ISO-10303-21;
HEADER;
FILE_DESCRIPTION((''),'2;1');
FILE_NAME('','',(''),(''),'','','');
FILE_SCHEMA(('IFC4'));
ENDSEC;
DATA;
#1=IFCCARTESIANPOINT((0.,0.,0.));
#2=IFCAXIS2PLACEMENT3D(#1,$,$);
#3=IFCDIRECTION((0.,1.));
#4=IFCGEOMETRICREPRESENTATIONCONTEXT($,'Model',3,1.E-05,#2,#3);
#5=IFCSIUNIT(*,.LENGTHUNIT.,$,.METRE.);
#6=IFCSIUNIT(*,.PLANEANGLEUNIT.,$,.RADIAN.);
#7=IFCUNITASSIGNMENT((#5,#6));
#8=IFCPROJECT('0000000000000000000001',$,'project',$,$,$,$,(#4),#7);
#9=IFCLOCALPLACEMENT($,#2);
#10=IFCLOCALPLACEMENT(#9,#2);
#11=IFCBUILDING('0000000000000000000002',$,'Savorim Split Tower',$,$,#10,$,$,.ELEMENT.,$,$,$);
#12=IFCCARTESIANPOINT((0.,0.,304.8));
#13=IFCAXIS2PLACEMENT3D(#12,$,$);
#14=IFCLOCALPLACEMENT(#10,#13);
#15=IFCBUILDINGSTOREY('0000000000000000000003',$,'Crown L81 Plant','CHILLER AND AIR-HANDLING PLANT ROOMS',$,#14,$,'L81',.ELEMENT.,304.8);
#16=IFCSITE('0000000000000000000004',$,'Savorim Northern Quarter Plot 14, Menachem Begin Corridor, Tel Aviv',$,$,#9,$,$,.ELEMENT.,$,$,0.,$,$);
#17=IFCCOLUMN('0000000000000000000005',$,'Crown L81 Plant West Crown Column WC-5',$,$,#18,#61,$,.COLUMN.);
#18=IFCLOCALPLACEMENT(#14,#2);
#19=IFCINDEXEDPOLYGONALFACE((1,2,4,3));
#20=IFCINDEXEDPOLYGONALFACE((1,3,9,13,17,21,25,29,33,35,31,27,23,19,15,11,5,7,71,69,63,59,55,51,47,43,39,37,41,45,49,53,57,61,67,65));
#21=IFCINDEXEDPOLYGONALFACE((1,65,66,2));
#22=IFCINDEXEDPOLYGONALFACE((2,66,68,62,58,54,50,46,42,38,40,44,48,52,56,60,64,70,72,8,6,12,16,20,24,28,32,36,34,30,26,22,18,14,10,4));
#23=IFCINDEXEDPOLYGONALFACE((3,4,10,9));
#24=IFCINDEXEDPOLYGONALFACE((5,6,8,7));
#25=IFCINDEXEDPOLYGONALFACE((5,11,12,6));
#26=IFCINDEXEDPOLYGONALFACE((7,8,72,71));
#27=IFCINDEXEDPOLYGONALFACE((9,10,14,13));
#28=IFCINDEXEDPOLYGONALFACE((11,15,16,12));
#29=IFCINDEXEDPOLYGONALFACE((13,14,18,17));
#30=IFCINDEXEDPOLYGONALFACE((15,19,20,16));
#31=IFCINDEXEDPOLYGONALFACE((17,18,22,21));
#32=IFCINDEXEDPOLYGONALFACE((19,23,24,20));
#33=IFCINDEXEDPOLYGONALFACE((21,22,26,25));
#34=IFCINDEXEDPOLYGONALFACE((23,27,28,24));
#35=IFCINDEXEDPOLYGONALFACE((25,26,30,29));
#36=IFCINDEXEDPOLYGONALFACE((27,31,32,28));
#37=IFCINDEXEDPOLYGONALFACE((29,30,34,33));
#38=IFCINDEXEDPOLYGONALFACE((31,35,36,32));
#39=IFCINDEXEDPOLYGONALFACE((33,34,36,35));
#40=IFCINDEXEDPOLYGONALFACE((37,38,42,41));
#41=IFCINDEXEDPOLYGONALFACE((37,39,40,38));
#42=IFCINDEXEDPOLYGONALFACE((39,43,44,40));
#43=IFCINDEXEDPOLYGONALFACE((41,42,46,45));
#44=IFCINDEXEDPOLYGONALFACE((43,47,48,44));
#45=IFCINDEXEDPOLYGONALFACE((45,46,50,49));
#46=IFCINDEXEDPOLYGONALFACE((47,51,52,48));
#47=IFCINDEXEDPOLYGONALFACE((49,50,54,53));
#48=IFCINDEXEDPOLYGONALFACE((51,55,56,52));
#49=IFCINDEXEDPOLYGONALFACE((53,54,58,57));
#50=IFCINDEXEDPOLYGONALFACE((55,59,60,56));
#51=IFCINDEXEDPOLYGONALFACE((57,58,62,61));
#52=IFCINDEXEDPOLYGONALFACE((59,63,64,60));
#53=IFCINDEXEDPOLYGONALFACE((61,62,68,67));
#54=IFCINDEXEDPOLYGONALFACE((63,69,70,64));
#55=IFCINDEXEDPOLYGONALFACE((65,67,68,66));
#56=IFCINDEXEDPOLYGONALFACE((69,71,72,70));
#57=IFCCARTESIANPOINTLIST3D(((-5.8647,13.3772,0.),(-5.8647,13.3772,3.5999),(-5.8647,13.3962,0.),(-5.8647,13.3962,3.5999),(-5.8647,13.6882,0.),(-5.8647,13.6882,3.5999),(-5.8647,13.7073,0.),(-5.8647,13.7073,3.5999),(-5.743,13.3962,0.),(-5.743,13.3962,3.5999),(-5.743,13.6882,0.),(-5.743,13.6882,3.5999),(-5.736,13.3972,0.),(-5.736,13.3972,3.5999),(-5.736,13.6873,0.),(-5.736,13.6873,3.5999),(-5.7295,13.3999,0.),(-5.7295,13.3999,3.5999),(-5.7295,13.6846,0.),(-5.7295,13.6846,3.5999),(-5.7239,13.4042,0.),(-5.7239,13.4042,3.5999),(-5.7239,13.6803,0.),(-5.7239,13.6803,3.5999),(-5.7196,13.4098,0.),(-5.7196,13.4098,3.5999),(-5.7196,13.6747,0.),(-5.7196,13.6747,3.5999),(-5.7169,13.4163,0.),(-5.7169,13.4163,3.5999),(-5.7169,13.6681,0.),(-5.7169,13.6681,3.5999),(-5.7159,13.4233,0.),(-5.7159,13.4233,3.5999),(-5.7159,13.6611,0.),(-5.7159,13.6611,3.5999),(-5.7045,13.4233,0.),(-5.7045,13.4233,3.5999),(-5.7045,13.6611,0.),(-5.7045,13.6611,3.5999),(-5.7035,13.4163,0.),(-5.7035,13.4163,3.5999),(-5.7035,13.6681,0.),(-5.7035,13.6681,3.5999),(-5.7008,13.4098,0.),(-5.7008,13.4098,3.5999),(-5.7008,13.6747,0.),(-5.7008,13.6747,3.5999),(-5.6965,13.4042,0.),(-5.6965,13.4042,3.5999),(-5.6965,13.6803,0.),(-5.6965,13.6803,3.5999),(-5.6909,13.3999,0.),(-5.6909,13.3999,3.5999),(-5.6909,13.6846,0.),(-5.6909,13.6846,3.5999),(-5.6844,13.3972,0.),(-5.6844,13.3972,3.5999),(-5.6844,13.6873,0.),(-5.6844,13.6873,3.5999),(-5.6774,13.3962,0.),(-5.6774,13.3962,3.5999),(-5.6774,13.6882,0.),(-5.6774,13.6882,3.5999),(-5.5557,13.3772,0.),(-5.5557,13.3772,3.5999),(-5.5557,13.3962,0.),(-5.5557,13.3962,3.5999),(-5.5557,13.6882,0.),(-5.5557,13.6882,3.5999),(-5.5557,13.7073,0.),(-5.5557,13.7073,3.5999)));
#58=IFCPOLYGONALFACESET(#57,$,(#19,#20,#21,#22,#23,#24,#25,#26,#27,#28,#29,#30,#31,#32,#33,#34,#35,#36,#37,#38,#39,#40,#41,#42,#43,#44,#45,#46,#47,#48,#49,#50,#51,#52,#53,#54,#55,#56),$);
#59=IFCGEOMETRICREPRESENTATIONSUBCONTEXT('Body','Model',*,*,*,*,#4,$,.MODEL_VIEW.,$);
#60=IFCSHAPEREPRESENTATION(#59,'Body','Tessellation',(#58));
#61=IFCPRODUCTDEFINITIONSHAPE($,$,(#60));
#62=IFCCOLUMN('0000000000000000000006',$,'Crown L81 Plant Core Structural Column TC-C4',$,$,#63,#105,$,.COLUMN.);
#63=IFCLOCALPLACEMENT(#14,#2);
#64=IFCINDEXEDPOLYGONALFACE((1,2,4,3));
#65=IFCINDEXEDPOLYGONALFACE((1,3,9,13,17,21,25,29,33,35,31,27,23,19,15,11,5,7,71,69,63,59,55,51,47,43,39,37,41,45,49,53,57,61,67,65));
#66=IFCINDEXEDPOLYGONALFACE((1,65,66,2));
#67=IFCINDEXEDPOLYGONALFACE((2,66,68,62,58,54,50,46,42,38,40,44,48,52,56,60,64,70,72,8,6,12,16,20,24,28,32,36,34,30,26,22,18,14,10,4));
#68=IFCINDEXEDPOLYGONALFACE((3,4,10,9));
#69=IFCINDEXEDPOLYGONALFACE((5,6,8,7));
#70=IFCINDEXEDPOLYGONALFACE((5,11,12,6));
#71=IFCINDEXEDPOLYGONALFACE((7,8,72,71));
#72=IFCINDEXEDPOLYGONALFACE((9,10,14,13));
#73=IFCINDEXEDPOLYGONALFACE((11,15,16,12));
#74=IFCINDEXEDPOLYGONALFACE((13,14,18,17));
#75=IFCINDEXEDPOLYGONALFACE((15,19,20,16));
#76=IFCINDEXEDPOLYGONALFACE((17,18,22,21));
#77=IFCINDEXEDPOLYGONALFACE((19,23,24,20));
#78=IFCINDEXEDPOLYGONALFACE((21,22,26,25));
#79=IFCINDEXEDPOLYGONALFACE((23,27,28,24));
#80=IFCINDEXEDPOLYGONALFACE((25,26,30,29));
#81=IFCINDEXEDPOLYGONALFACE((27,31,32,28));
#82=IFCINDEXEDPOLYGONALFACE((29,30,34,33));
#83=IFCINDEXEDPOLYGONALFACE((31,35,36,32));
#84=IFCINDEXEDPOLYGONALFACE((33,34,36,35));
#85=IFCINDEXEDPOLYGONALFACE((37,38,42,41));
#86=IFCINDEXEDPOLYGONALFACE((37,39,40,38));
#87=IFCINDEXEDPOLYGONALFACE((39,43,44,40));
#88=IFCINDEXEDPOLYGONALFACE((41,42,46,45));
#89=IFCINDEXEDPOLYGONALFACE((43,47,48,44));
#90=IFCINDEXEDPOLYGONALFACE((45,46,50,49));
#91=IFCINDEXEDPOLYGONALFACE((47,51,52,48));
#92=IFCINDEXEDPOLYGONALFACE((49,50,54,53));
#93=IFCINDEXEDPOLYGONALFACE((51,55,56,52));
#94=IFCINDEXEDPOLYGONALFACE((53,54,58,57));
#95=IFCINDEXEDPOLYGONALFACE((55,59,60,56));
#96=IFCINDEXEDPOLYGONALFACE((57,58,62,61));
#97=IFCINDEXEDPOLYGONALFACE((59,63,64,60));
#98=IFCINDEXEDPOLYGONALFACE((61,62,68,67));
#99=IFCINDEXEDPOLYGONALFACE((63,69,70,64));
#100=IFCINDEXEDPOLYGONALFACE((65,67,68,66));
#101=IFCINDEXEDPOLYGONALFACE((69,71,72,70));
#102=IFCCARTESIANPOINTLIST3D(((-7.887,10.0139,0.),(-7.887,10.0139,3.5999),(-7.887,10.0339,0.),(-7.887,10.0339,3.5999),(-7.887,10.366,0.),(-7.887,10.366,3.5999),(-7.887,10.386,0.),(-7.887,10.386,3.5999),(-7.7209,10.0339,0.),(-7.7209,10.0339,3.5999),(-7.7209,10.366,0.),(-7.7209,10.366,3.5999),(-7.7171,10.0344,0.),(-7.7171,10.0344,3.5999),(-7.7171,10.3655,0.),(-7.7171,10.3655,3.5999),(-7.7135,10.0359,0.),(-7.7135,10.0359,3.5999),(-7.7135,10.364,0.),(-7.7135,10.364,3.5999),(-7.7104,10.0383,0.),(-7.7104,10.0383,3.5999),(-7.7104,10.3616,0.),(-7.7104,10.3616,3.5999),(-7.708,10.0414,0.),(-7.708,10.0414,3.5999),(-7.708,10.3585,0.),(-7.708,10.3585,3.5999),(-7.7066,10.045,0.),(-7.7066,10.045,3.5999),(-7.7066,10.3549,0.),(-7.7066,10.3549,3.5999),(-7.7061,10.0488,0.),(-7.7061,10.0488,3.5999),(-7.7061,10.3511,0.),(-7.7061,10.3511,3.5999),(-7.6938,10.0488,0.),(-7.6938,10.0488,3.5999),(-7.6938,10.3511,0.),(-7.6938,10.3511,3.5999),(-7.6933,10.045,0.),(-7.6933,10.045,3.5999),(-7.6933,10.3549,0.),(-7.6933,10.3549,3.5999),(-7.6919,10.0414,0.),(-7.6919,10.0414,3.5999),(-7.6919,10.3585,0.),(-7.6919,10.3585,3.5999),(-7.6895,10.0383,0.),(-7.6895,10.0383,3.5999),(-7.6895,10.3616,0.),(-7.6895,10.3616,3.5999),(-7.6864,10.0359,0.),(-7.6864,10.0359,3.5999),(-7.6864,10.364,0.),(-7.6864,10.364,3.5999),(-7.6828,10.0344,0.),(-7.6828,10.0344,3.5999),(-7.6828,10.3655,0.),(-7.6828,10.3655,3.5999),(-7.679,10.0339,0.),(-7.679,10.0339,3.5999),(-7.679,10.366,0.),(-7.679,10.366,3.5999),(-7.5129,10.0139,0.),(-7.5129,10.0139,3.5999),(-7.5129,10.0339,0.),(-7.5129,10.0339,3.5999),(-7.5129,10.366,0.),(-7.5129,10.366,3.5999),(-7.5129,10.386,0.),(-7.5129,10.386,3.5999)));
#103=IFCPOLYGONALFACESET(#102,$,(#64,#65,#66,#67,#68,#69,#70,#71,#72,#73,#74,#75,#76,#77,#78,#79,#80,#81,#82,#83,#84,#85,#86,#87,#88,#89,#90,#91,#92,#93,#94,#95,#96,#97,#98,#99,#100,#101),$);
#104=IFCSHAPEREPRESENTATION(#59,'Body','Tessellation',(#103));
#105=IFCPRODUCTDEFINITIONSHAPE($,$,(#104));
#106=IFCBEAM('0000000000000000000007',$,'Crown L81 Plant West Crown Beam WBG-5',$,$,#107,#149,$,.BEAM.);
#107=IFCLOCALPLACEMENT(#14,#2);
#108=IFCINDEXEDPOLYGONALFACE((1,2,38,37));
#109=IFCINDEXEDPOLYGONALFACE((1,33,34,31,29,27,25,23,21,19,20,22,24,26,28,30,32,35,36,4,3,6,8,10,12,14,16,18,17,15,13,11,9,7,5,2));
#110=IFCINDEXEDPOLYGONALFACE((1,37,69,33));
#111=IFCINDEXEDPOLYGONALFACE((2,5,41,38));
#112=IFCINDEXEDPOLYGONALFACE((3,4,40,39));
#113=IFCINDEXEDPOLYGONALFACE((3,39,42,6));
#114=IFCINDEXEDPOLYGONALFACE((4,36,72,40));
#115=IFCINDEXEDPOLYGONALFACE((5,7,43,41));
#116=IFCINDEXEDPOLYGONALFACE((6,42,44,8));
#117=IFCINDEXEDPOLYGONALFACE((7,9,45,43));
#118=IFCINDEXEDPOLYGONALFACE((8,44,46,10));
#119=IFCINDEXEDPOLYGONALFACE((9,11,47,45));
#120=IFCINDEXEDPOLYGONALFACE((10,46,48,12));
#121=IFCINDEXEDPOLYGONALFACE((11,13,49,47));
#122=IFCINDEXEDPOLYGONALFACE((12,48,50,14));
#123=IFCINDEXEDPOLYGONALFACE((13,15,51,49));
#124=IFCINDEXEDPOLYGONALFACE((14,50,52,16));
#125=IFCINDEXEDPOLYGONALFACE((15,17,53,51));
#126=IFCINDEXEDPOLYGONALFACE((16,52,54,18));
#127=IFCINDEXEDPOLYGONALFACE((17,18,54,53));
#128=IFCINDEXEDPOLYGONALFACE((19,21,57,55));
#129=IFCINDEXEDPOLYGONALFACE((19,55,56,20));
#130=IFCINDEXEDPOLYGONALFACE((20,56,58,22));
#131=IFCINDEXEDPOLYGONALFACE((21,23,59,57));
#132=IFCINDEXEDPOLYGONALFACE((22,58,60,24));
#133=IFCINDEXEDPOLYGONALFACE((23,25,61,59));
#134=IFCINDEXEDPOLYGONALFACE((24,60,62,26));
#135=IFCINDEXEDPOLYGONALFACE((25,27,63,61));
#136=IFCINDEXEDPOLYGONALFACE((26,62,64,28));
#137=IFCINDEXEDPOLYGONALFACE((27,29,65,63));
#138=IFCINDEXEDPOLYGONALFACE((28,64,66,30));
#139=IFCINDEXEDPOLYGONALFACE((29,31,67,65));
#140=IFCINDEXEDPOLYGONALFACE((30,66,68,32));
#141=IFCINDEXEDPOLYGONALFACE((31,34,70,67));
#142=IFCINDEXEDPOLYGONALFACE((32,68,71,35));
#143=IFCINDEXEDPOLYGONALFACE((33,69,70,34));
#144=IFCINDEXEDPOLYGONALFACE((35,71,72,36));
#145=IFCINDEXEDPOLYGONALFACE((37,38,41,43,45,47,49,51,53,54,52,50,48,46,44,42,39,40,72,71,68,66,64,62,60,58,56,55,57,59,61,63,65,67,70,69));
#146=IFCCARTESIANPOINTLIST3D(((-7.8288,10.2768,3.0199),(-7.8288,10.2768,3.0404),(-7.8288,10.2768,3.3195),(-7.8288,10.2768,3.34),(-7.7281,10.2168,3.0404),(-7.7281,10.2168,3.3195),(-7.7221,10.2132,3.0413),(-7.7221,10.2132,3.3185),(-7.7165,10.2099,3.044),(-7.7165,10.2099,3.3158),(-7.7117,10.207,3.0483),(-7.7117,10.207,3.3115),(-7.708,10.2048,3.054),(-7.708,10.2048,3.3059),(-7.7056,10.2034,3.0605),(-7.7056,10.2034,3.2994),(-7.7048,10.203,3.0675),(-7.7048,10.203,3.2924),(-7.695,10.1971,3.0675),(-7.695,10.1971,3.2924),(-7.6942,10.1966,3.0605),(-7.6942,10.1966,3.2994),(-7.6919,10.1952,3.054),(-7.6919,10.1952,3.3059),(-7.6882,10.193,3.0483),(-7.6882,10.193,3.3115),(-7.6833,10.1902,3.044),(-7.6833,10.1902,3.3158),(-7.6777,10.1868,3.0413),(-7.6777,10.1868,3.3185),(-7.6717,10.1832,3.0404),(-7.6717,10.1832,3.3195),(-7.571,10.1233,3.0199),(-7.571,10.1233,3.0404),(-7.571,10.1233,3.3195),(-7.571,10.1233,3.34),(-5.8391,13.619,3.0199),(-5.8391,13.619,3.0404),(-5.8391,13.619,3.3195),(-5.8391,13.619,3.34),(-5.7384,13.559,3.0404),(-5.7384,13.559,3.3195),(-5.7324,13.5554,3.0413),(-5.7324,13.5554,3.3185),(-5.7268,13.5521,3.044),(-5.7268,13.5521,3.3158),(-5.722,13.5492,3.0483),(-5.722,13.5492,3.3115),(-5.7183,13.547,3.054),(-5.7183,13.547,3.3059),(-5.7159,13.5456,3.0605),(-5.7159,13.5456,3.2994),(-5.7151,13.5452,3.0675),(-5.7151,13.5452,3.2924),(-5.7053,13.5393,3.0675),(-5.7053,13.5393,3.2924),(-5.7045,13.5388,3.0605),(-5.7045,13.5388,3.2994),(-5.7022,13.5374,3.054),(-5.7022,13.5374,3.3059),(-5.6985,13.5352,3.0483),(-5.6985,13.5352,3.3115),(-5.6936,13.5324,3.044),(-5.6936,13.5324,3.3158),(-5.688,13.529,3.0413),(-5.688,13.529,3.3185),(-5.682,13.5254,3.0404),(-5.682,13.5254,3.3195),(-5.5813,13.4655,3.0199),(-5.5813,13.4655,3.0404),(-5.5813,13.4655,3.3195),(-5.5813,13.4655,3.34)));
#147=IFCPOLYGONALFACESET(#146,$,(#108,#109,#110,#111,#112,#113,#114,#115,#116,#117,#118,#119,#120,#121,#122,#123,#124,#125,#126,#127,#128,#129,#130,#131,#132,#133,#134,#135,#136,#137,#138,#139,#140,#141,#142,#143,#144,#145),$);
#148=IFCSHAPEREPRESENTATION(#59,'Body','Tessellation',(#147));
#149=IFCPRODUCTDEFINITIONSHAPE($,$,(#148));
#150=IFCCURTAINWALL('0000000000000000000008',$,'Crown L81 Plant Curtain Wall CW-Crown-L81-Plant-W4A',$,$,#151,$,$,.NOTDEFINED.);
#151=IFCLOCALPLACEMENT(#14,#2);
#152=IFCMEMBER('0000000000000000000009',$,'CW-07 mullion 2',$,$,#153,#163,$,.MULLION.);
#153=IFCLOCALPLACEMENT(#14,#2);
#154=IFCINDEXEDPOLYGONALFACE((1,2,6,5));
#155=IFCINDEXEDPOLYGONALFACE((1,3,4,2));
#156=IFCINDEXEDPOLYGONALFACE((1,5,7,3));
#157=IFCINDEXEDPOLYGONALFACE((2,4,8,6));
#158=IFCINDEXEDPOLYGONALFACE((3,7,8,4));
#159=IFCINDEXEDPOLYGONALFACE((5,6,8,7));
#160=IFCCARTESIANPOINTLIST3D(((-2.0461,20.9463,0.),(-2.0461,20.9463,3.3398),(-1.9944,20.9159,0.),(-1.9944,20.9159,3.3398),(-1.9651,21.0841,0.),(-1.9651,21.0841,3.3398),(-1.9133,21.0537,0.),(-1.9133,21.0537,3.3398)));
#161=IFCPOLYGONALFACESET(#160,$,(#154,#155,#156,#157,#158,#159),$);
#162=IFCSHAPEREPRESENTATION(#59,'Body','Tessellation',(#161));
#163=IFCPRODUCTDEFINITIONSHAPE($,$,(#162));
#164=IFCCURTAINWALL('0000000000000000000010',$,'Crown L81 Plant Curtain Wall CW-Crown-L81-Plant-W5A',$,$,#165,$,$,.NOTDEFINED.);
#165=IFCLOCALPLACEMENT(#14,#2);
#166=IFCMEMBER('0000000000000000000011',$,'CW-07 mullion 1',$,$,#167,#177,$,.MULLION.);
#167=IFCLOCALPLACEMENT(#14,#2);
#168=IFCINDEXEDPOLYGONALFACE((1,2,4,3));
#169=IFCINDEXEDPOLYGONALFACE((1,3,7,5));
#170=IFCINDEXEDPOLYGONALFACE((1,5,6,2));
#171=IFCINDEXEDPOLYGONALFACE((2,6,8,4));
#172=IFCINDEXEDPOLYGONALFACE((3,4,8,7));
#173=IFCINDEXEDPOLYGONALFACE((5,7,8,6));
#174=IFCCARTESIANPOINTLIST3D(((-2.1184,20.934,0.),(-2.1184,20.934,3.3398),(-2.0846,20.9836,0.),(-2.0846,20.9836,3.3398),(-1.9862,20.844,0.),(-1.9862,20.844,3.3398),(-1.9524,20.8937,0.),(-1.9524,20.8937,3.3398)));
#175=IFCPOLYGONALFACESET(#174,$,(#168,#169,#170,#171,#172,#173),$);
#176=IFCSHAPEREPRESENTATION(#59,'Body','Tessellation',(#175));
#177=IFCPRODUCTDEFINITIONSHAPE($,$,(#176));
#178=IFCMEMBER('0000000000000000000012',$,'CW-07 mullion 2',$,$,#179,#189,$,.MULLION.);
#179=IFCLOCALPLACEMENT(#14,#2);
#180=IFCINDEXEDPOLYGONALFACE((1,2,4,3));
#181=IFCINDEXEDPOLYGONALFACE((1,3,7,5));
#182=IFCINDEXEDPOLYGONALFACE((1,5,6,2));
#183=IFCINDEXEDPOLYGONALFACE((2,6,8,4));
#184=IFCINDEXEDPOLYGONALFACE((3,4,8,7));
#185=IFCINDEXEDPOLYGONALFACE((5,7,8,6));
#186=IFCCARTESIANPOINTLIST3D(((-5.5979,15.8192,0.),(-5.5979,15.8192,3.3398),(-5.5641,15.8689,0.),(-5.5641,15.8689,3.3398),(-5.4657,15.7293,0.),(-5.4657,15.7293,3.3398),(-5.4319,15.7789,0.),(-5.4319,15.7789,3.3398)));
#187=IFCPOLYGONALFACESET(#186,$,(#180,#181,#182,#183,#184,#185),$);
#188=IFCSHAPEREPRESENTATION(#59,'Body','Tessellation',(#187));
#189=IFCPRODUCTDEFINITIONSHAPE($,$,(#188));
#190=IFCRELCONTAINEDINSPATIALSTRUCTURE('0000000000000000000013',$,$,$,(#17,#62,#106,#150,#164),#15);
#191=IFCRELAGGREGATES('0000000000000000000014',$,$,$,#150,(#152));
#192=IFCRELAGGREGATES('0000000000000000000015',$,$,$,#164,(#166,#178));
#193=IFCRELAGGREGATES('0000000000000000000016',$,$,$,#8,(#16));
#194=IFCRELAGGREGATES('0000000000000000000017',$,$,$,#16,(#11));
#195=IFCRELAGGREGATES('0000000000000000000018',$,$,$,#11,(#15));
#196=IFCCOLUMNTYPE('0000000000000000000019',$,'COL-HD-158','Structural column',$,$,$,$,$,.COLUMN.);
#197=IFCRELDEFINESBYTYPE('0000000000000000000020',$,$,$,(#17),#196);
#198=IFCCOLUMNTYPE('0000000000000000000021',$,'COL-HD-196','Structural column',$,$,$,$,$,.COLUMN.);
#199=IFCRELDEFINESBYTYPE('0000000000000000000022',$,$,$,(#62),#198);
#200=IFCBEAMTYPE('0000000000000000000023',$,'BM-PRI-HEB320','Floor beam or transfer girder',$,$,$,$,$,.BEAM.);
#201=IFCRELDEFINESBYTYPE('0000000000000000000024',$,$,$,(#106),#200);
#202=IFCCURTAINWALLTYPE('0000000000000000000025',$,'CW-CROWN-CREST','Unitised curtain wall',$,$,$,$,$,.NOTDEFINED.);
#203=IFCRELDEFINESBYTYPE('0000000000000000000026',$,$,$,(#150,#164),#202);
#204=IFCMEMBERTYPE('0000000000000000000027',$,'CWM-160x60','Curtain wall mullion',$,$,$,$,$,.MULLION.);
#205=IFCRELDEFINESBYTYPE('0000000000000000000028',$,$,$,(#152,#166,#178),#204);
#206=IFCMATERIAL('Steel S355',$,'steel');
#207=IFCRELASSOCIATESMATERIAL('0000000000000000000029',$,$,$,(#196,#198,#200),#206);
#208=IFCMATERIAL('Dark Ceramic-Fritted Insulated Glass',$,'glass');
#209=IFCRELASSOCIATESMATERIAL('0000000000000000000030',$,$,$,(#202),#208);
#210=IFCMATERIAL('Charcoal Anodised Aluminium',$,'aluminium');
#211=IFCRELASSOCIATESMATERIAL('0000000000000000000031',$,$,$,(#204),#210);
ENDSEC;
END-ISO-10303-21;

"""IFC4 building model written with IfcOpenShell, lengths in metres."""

from ifc_helpers import new_model, si_unit, direction, frame, origin, origin_2d, place, context, subcontext, project, spatial, rectangle, i_section, extrude, material, material_profile, profile_set, type_object, element, aggregate, save


model = new_model("IFC4")

# Units and contexts
model_context = context("Model", 3, precision=1e-05, world=origin(), true_north=direction((0.0, 1.0)))
body_context = subcontext(model_context, "Body", "Model", "MODEL_VIEW")
ifc_project = project(units=[si_unit("LENGTHUNIT", "METRE"), si_unit("PLANEANGLEUNIT", "RADIAN")], contexts=[model_context])

# Site, building, storey
site_placement = place(None, origin())
site = spatial("IfcSite", under=ifc_project, at=site_placement, Name="Savorim Northern Quarter Plot 14, Menachem Begin Corridor, Tel Aviv", CompositionType="ELEMENT", RefElevation=0.0)
building_placement = place(site_placement, origin())
building = spatial("IfcBuilding", under=site, at=building_placement, Name="Savorim Split Tower", CompositionType="ELEMENT")
storey_placement = place(building_placement, frame((0.0, 0.0, 304.8)))
storey = spatial("IfcBuildingStorey", under=building, at=storey_placement, Name="Crown L81 Plant", Description="CHILLER AND AIR-HANDLING PLANT ROOMS", LongName="L81", CompositionType="ELEMENT", Elevation=304.8)

# Columns
ifc_material_1 = material(Name="Steel S355", Category="steel")
ifc_material_profile_1 = material_profile(ifc_material_1, i_section(OverallWidth=0.3091, OverallDepth=0.3301, WebThickness=0.0115, FlangeThickness=0.019, FilletRadius=0.0271, at=origin_2d()), Name="HD 320x158")
ifc_profile_set_1 = profile_set([ifc_material_profile_1], Name="Steel S355")
column_type_1 = type_object("IfcColumnType", Name="COL-HD-158", Description="Structural column", PredefinedType="COLUMN", material=ifc_profile_set_1)
column_1_placement = place(storey_placement, frame((-5.7102, 13.5422, 0.0), z_axis=(0.0, 0.0, 1.0), x_axis=(1.0, 0.0, 0.0)))
element("IfcColumn", 1, at=column_1_placement, inside=storey, type_object=column_type_1, Name="Crown L81 Plant West Crown Column WC-5", PredefinedType="COLUMN", context=body_context, shape_type="SweptSolid", body=[
    extrude(i_section(OverallWidth=0.3091, OverallDepth=0.3301, WebThickness=0.0115, FlangeThickness=0.019, FilletRadius=0.0271, at=origin_2d()), origin(), (0.0, 0.0, 1.0), 3.5999),
])
ifc_material_profile_2 = material_profile(ifc_material_1, i_section(OverallWidth=0.374, OverallDepth=0.3721, WebThickness=0.0122, FlangeThickness=0.02, FilletRadius=0.0149, at=origin_2d()), Name="HD 360x196")
ifc_profile_set_2 = profile_set([ifc_material_profile_2], Name="Steel S355")
column_type_2 = type_object("IfcColumnType", Name="COL-HD-196", Description="Structural column", PredefinedType="COLUMN", material=ifc_profile_set_2)
column_2_placement = place(storey_placement, frame((-7.7, 10.2, 0.0), z_axis=(0.0, 0.0, 1.0), x_axis=(1.0, 0.0, 0.0)))
element("IfcColumn", 2, at=column_2_placement, inside=storey, type_object=column_type_2, Name="Crown L81 Plant Core Structural Column TC-C4", PredefinedType="COLUMN", context=body_context, shape_type="SweptSolid", body=[
    extrude(i_section(OverallWidth=0.374, OverallDepth=0.3721, WebThickness=0.0122, FlangeThickness=0.02, FilletRadius=0.0149, at=origin_2d()), origin(), (0.0, 0.0, 1.0), 3.5999),
])

# Beam
ifc_material_profile_3 = material_profile(ifc_material_1, i_section(OverallWidth=0.3, OverallDepth=0.3201, WebThickness=0.0115, FlangeThickness=0.0205, FilletRadius=0.0271, at=origin_2d()), Name="HEB 320")
ifc_profile_set_3 = profile_set([ifc_material_profile_3], Name="Steel S355")
beam_type = type_object("IfcBeamType", Name="BM-PRI-HEB320", Description="Floor beam or transfer girder", PredefinedType="BEAM", material=ifc_profile_set_3)
beam_placement = place(storey_placement, frame((-5.7102, 13.5422, 3.1799), z_axis=(-0.511539, -0.85926, 0.0), x_axis=(0.85926, -0.511539, 0.0)))
element("IfcBeam", 3, at=beam_placement, inside=storey, type_object=beam_type, Name="Crown L81 Plant West Crown Beam WBG-5", PredefinedType="BEAM", context=body_context, shape_type="SweptSolid", body=[
    extrude(i_section(OverallWidth=0.3, OverallDepth=0.3201, WebThickness=0.0115, FlangeThickness=0.0205, FilletRadius=0.0271, at=origin_2d()), origin(), (0.0, 0.0, 1.0), 3.8896),
])

# Curtain wall, member
ifc_material_2 = material(Name="Dark Ceramic-Fritted Insulated Glass", Category="glass")
curtain_wall_type = type_object("IfcCurtainWallType", Name="CW-CROWN-CREST", Description="Unitised curtain wall", PredefinedType="NOTDEFINED", material=ifc_material_2)
curtain_wall_1_placement = place(storey_placement, origin())
curtain_wall_1 = element("IfcCurtainWall", 4, at=curtain_wall_1_placement, inside=storey, type_object=curtain_wall_type, Name="Crown L81 Plant Curtain Wall CW-Crown-L81-Plant-W4A", PredefinedType="NOTDEFINED")
ifc_material_3 = material(Name="Charcoal Anodised Aluminium", Category="aluminium")
ifc_material_profile_4 = material_profile(ifc_material_3, rectangle(XDim=0.1599, YDim=0.0601, at=origin_2d()), Name="ALU-M 160x60")
ifc_profile_set_4 = profile_set([ifc_material_profile_4], Name="Charcoal Anodised Aluminium")
member_type_1 = type_object("IfcMemberType", Name="CWM-160x60", Description="Curtain wall mullion", PredefinedType="MULLION", material=ifc_profile_set_4)
member_1_placement = place(storey_placement, frame((-1.9797, 21.0, 0.0), z_axis=(0.0, 0.0, 1.0), x_axis=(-0.506693, -0.862127, 0.0)))
member_1 = element("IfcMember", 5, at=member_1_placement, type_object=member_type_1, Name="CW-07 mullion 2", PredefinedType="MULLION", context=body_context, shape_type="SweptSolid", body=[
    extrude(rectangle(XDim=0.1599, YDim=0.0601, at=origin_2d()), origin(), (0.0, 0.0, 1.0), 3.3398),
])

# Curtain wall, members
curtain_wall_2_placement = place(storey_placement, origin())
curtain_wall_2 = element("IfcCurtainWall", 6, at=curtain_wall_2_placement, inside=storey, type_object=curtain_wall_type, Name="Crown L81 Plant Curtain Wall CW-Crown-L81-Plant-W5A", PredefinedType="NOTDEFINED")
member_2_placement = place(storey_placement, frame((-2.0354, 20.9138, 0.0), z_axis=(0.0, 0.0, 1.0), x_axis=(0.82682, -0.562467, 0.0)))
member_2 = element("IfcMember", 7, at=member_2_placement, type_object=member_type_1, Name="CW-07 mullion 1", PredefinedType="MULLION", context=body_context, shape_type="SweptSolid", body=[
    extrude(rectangle(XDim=0.1599, YDim=0.0601, at=origin_2d()), origin(), (0.0, 0.0, 1.0), 3.3398),
])
member_3_placement = place(storey_placement, frame((-5.5149, 15.7991, 0.0), z_axis=(0.0, 0.0, 1.0), x_axis=(0.82682, -0.562467, 0.0)))
member_3 = element("IfcMember", 8, at=member_3_placement, type_object=member_type_1, Name="CW-07 mullion 2", PredefinedType="MULLION", context=body_context, shape_type="SweptSolid", body=[
    extrude(rectangle(XDim=0.1599, YDim=0.0601, at=origin_2d()), origin(), (0.0, 0.0, 1.0), 3.3398),
])

aggregate(curtain_wall_1, [member_1])
aggregate(curtain_wall_2, [member_2, member_3])

save(model, "model.ifc")
